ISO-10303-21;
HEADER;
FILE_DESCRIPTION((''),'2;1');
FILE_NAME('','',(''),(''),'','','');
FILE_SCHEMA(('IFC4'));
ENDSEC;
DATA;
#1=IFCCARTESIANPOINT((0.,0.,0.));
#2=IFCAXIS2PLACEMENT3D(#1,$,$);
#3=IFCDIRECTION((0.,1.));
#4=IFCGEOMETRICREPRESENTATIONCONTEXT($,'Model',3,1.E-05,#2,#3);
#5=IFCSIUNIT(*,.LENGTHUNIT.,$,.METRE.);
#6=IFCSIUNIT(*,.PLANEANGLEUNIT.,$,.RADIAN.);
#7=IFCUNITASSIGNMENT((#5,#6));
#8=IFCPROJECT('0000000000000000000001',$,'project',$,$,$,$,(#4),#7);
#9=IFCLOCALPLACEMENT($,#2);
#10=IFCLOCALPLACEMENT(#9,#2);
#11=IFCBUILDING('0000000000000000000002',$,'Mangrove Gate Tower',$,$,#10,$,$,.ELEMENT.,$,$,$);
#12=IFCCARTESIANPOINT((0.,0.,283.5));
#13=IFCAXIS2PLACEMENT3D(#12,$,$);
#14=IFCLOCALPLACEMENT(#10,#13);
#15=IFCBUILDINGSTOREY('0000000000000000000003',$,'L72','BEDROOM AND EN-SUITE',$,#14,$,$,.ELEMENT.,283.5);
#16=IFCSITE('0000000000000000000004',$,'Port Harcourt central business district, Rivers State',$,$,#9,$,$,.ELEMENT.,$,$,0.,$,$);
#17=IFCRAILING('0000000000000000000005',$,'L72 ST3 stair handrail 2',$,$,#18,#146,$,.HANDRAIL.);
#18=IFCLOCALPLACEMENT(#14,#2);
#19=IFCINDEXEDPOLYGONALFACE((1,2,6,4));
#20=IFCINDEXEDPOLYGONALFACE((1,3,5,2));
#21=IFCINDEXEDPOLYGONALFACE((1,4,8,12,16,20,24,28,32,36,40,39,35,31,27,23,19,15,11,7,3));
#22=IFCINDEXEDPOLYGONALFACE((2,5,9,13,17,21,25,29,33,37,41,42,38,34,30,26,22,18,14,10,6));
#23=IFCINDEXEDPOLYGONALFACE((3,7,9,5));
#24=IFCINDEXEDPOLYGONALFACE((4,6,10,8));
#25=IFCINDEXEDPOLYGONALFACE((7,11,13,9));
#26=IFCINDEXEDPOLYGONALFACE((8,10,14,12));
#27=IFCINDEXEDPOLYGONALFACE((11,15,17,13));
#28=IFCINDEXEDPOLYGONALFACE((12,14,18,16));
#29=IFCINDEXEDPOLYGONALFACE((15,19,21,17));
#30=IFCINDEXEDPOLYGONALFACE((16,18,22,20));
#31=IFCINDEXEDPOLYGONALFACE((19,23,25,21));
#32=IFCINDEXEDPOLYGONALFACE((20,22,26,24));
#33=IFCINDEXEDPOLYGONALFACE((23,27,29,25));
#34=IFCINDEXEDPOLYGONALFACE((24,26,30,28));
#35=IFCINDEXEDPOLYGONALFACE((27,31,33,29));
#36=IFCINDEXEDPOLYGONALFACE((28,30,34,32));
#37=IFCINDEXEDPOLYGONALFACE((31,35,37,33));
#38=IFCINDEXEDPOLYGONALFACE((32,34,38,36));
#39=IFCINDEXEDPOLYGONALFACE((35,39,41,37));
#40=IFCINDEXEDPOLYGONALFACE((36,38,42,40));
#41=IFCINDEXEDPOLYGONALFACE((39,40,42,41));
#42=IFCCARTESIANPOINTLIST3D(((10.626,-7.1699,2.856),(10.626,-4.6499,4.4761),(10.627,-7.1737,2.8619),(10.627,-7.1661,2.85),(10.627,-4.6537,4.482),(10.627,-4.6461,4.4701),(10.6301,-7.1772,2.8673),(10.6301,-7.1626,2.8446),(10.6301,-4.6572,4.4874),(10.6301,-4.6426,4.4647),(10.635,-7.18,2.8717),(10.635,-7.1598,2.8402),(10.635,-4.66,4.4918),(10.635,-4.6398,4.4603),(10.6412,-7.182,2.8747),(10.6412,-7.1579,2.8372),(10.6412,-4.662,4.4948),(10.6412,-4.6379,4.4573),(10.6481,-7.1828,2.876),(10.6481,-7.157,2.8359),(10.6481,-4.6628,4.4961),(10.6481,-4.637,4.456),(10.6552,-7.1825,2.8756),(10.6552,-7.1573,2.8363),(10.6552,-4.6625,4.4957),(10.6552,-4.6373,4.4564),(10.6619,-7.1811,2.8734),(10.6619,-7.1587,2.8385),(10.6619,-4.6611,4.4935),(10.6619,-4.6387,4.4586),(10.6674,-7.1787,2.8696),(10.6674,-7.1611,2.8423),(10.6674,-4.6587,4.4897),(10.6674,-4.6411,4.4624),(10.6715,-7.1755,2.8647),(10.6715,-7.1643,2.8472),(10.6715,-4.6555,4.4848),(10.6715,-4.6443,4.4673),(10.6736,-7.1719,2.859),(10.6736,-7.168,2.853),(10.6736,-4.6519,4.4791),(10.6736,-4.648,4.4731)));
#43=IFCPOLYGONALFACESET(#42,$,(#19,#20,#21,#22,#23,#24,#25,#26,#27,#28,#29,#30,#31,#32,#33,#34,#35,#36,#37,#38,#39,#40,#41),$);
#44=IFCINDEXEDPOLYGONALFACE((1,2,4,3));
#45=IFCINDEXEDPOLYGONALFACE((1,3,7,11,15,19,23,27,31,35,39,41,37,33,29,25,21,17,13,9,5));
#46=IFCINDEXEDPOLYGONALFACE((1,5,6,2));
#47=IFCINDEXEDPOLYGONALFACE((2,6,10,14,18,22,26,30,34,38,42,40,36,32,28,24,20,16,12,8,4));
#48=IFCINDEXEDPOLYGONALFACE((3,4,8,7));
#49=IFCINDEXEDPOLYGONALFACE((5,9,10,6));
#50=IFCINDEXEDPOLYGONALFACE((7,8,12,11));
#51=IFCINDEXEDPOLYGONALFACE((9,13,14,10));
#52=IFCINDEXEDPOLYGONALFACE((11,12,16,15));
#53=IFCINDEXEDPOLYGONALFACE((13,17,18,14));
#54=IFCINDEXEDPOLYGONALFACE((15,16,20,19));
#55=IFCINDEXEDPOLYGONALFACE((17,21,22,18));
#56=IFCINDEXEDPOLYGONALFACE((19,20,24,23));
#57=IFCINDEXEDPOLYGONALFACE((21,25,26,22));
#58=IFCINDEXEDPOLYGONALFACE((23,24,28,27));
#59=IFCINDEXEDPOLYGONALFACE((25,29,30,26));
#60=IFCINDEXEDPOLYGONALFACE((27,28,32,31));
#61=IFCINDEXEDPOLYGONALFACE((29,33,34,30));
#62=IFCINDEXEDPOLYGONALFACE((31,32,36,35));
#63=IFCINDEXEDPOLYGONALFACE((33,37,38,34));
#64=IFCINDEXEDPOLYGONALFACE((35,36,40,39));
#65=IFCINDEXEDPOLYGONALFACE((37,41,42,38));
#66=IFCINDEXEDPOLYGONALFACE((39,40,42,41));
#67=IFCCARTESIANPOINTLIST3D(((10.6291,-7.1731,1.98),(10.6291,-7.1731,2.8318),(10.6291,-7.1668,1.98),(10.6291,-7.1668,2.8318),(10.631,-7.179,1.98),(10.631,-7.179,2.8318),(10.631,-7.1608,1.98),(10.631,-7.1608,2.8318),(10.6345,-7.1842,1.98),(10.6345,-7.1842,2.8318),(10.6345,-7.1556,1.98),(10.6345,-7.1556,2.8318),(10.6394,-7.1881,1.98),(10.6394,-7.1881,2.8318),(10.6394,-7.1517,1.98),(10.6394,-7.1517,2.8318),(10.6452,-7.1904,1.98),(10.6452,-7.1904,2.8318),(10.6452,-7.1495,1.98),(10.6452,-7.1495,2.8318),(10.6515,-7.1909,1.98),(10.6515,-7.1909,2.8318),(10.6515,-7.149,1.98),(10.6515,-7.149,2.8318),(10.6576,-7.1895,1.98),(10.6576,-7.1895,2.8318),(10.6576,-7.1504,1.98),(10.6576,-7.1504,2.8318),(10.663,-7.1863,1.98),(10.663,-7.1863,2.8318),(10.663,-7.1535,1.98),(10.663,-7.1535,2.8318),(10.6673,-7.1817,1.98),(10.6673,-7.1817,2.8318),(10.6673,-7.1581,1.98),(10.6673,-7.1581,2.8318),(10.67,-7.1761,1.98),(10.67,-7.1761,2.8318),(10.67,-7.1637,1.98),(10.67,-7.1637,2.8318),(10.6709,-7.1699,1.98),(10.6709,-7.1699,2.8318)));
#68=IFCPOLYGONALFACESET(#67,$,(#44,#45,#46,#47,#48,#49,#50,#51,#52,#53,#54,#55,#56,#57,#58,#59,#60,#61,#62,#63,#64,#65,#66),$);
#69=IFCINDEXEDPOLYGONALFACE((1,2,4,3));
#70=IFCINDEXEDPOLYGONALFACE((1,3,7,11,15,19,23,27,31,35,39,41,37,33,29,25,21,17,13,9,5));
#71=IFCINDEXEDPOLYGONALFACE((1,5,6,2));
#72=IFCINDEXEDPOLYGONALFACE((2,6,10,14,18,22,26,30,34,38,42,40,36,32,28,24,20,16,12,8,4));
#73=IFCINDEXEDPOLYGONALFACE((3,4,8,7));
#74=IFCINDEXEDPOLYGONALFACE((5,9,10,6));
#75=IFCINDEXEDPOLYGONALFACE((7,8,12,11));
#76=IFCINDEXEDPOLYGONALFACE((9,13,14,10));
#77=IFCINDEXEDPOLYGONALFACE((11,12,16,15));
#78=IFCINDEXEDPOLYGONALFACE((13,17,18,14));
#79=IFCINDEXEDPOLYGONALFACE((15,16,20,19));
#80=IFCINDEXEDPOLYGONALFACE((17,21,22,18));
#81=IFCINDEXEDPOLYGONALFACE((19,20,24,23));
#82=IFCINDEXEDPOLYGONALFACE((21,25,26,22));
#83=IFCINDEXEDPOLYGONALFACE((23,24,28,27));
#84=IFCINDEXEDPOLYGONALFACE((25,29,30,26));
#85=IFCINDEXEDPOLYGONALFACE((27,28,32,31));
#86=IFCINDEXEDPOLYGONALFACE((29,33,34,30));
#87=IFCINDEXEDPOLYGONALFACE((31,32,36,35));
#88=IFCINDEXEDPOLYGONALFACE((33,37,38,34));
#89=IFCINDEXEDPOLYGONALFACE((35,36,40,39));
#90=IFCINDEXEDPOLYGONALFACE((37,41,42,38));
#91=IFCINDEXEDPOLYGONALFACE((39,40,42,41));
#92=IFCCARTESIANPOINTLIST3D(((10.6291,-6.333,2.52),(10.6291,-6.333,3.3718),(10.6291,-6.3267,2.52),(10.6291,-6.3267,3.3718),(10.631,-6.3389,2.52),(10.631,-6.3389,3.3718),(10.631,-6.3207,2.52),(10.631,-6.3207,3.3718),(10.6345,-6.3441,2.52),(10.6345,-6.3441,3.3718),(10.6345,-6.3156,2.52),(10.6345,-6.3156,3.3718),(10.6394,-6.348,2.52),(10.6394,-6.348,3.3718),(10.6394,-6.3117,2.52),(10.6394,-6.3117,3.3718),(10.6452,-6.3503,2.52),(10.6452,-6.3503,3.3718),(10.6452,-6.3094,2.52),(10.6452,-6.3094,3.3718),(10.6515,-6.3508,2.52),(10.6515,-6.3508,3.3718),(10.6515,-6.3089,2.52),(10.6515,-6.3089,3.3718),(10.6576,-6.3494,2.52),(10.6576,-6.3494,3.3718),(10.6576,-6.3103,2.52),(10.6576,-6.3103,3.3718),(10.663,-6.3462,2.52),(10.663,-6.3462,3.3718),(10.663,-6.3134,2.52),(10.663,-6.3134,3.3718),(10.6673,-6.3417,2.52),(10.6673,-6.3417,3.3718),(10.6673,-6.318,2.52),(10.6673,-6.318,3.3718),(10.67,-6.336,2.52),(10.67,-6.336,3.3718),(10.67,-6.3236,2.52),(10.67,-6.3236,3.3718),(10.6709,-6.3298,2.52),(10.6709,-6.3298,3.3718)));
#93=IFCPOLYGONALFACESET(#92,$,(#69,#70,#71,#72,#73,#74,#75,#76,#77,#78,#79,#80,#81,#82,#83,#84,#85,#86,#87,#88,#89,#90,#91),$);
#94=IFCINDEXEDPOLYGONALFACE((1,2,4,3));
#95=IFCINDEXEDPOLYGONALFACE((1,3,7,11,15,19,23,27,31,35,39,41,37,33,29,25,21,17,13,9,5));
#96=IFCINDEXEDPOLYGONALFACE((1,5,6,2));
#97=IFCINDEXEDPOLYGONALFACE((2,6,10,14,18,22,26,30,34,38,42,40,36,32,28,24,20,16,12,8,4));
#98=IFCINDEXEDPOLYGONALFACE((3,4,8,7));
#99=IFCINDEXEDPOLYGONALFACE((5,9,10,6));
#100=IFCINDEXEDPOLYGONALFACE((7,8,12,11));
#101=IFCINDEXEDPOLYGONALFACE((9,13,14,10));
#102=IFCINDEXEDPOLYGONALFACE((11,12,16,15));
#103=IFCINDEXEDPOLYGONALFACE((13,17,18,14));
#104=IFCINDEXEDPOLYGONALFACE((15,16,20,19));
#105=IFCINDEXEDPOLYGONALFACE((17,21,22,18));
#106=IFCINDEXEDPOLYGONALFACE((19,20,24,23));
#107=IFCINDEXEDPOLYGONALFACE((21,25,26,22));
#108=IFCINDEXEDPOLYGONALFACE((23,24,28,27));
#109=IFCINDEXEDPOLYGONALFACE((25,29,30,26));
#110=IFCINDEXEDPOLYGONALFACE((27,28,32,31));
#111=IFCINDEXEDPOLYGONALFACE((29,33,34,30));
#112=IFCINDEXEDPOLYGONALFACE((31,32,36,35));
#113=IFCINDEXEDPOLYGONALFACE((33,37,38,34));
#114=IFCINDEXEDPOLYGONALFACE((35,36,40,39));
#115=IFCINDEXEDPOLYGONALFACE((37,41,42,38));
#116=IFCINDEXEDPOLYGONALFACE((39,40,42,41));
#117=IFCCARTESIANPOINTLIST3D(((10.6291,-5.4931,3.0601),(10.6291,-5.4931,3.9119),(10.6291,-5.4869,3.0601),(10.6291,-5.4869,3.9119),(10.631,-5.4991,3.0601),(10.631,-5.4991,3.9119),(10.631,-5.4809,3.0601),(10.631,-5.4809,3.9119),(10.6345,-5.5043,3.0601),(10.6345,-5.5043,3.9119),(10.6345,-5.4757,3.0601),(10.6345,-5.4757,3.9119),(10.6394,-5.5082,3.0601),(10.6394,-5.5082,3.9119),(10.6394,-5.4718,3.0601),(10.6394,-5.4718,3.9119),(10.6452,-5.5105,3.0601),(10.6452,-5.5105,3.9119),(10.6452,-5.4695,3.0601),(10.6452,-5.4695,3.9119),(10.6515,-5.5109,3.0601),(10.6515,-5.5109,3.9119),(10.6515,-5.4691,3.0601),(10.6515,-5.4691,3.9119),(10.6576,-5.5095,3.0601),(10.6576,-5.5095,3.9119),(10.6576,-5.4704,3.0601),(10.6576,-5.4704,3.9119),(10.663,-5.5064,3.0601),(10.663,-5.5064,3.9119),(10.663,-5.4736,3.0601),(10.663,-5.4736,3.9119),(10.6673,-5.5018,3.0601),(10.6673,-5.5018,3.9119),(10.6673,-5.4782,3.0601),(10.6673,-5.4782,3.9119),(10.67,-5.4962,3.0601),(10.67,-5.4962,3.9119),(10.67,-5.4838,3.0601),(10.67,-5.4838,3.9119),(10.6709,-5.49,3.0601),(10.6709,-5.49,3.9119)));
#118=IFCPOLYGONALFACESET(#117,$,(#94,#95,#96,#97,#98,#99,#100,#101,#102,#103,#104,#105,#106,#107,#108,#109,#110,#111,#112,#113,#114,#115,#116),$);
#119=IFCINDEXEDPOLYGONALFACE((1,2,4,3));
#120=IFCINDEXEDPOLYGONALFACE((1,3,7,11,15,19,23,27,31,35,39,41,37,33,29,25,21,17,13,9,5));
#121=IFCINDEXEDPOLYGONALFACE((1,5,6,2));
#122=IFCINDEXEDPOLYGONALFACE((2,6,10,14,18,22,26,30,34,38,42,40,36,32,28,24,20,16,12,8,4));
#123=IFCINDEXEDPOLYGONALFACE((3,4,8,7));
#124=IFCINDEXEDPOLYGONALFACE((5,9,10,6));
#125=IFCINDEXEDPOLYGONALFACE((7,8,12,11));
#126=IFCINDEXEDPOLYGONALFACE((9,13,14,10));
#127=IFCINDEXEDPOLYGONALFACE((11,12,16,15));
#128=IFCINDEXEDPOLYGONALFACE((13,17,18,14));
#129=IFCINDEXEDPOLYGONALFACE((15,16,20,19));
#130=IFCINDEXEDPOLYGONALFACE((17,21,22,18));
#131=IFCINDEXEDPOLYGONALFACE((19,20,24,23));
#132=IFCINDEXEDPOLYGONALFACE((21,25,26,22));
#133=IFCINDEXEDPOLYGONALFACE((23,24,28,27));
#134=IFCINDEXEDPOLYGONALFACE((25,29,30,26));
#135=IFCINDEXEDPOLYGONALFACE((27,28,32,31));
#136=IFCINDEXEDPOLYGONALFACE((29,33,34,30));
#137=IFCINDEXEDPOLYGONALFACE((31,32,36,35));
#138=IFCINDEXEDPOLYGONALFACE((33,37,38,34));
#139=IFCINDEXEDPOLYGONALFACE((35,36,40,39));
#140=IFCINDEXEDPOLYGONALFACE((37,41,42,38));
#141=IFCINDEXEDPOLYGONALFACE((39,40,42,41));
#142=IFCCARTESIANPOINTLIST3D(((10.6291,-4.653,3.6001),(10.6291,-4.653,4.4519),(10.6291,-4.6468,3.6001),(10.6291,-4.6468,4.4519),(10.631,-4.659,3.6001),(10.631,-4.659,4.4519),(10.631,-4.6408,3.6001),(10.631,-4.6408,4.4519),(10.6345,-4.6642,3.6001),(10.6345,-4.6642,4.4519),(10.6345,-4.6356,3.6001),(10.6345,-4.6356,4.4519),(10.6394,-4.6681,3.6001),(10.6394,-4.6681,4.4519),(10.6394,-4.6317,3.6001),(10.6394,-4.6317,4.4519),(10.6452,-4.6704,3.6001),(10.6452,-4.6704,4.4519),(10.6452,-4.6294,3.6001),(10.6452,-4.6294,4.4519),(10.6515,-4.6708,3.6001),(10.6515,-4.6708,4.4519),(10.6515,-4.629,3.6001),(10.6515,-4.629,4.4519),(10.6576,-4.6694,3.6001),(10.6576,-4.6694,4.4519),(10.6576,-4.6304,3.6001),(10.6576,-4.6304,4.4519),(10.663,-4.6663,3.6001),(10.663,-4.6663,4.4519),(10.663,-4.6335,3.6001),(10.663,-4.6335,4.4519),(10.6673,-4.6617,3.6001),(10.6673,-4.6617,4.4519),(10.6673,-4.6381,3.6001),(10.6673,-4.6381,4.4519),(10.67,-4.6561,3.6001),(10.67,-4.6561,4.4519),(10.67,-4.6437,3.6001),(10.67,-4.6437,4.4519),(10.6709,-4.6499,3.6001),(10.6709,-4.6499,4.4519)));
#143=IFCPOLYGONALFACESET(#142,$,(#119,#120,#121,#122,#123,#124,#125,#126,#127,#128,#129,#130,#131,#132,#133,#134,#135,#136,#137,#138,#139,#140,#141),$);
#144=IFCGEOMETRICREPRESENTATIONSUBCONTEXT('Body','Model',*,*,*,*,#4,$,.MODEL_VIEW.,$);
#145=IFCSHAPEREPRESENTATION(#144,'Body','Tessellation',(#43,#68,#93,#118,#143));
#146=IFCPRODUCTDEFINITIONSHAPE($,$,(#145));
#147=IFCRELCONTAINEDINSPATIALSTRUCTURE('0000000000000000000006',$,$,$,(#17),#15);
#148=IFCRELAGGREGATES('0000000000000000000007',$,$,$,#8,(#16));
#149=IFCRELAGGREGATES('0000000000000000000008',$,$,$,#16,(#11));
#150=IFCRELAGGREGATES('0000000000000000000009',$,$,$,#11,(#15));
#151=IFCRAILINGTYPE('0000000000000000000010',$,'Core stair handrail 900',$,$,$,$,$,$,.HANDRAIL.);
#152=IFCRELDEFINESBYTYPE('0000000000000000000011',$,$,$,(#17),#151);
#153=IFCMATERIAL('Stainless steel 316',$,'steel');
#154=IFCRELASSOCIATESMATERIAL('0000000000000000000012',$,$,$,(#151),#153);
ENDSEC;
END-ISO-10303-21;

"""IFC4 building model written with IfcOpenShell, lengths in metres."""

from ifc_helpers import new_model, si_unit, direction, frame, origin, origin_2d, place, context, subcontext, project, spatial, circle, extrude, material, type_object, element, save


model = new_model("IFC4")

# Units and contexts
model_context = context("Model", 3, precision=1e-05, world=origin(), true_north=direction((0.0, 1.0)))
body_context = subcontext(model_context, "Body", "Model", "MODEL_VIEW")
ifc_project = project(units=[si_unit("LENGTHUNIT", "METRE"), si_unit("PLANEANGLEUNIT", "RADIAN")], contexts=[model_context])

# Site, building, storey
site_placement = place(None, origin())
site = spatial("IfcSite", under=ifc_project, at=site_placement, Name="Port Harcourt central business district, Rivers State", CompositionType="ELEMENT", RefElevation=0.0)
building_placement = place(site_placement, origin())
building = spatial("IfcBuilding", under=site, at=building_placement, Name="Mangrove Gate Tower", CompositionType="ELEMENT")
storey_placement = place(building_placement, frame((0.0, 0.0, 283.5)))
storey = spatial("IfcBuildingStorey", under=building, at=storey_placement, Name="L72", Description="BEDROOM AND EN-SUITE", CompositionType="ELEMENT", Elevation=283.5)

# Railing
ifc_material_1 = material(Name="Stainless steel 316", Category="steel")
railing_type_1 = type_object("IfcRailingType", Name="Core stair handrail 900", PredefinedType="HANDRAIL", material=ifc_material_1)
railing_1_placement = place(storey_placement, frame((10.6499, -7.1699, 1.98)))
element("IfcRailing", 1, at=railing_1_placement, inside=storey, type_object=railing_type_1, Name="L72 ST3 stair handrail 2", PredefinedType="HANDRAIL", context=body_context, shape_type="SweptSolid", body=[
    extrude(circle(Radius=0.0239, at=origin_2d()), frame((0.0, 0.0, 0.876), z_axis=(0.0, 0.841163, 0.540782), x_axis=(-1.0, 0.0, 0.0)), (0.0, 0.0, 1.0), 2.9958),
    extrude(circle(Radius=0.021, at=origin_2d()), origin(), (0.0, 0.0, 1.0), 0.8518),
    extrude(circle(Radius=0.021, at=origin_2d()), frame((0.0, 0.8401, 0.54)), (0.0, 0.0, 1.0), 0.8518),
    extrude(circle(Radius=0.021, at=origin_2d()), frame((0.0, 1.6799, 1.0801)), (0.0, 0.0, 1.0), 0.8518),
    extrude(circle(Radius=0.021, at=origin_2d()), frame((0.0, 2.52, 1.6201)), (0.0, 0.0, 1.0), 0.8518),
])

save(model, "model.ifc")
